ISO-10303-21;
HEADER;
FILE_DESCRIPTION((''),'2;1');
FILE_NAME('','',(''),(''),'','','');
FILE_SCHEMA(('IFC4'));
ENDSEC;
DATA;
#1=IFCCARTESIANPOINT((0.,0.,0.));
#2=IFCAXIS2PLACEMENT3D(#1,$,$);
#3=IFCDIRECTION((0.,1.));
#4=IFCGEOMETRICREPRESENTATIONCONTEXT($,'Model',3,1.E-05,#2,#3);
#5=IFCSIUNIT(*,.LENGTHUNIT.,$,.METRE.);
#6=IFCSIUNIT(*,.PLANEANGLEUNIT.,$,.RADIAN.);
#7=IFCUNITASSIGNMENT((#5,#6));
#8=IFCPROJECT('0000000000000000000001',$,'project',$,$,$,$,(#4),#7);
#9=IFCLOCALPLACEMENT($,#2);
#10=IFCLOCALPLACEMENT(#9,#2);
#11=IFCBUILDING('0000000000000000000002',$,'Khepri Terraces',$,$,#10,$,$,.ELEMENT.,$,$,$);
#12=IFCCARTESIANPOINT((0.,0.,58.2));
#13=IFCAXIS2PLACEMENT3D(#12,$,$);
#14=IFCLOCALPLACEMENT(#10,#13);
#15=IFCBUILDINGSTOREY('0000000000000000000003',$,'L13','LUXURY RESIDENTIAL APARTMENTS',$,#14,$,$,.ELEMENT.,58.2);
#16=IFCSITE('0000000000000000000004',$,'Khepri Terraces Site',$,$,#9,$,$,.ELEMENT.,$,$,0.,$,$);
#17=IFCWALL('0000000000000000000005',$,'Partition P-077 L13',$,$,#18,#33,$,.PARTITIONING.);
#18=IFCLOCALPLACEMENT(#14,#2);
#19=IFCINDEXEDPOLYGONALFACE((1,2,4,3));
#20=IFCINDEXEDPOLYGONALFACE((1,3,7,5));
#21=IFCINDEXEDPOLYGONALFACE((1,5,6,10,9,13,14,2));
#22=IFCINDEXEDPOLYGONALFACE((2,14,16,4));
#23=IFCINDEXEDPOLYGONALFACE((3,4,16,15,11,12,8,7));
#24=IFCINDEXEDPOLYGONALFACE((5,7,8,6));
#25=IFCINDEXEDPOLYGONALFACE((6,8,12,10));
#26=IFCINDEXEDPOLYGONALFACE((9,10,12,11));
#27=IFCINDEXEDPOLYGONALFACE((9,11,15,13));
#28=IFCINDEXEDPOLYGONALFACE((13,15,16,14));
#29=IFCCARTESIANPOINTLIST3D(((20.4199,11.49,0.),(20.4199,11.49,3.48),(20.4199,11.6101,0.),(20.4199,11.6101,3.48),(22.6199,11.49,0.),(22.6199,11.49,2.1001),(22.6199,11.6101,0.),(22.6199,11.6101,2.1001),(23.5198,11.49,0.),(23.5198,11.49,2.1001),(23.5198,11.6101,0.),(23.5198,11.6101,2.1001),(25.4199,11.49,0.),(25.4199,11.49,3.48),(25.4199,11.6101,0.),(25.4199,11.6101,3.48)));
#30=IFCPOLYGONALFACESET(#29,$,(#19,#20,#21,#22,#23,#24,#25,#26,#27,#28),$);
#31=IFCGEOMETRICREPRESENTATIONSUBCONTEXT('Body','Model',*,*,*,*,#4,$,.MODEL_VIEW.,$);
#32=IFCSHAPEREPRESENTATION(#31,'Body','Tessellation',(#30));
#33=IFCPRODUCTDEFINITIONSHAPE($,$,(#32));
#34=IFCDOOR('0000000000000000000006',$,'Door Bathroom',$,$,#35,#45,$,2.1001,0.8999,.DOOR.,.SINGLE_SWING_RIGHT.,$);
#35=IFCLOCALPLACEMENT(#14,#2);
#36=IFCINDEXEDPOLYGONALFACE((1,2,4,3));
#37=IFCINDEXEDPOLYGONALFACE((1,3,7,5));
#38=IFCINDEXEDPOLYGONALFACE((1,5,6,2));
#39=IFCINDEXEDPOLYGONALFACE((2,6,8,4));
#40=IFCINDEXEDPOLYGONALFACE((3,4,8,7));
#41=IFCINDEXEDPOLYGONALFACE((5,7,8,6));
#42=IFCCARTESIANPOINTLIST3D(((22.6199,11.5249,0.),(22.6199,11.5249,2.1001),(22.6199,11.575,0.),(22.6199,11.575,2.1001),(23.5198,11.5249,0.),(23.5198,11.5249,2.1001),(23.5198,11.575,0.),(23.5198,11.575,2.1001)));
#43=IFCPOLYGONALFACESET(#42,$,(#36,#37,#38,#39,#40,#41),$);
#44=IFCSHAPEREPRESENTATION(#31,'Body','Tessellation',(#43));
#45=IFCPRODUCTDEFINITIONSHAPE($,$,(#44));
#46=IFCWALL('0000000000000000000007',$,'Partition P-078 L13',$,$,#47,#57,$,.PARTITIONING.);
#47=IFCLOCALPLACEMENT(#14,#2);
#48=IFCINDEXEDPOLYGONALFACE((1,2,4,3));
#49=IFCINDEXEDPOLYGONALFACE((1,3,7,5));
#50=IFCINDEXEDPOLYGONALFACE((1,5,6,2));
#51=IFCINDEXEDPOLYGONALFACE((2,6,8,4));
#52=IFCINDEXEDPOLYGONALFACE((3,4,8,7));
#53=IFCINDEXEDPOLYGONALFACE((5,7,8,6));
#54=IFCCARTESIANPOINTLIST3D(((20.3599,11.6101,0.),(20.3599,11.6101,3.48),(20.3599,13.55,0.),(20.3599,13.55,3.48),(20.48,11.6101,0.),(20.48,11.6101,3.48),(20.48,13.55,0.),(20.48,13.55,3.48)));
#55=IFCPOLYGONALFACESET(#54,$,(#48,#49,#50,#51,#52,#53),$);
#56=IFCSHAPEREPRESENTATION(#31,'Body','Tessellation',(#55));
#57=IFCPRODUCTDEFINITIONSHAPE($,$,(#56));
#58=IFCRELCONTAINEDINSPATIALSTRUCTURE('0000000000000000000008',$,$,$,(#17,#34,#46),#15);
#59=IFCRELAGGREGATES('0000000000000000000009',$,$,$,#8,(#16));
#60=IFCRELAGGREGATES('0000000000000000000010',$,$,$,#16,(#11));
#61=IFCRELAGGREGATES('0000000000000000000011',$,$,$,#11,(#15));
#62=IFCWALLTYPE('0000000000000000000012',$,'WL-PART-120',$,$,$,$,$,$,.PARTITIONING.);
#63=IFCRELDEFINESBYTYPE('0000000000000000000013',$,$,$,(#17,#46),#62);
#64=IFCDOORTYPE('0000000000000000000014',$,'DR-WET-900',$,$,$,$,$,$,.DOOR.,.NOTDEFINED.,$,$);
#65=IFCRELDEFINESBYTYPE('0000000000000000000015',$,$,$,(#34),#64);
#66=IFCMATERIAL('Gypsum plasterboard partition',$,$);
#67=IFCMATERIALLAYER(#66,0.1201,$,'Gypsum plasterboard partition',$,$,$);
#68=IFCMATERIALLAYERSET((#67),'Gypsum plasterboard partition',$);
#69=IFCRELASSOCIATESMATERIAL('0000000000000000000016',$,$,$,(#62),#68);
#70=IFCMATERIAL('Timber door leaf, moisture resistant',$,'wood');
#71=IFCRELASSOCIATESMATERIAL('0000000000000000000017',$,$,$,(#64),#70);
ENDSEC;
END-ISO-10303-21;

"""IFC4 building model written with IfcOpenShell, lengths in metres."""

from ifc_helpers import new_model, si_unit, direction, frame, frame_2d, origin, place, context, subcontext, project, spatial, rectangle, extrude, material, layer, layer_set, type_object, element, fill, save


model = new_model("IFC4")

# Units and contexts
model_context = context("Model", 3, precision=1e-05, world=origin(), true_north=direction((0.0, 1.0)))
body_context = subcontext(model_context, "Body", "Model", "MODEL_VIEW")
ifc_project = project(units=[si_unit("LENGTHUNIT", "METRE"), si_unit("PLANEANGLEUNIT", "RADIAN")], contexts=[model_context])

# Site, building, storey
site_placement = place(None, origin())
site = spatial("IfcSite", under=ifc_project, at=site_placement, Name="Khepri Terraces Site", CompositionType="ELEMENT", RefElevation=0.0)
building_placement = place(site_placement, origin())
building = spatial("IfcBuilding", under=site, at=building_placement, Name="Khepri Terraces", CompositionType="ELEMENT")
storey_placement = place(building_placement, frame((0.0, 0.0, 58.2)))
storey = spatial("IfcBuildingStorey", under=building, at=storey_placement, Name="L13", Description="LUXURY RESIDENTIAL APARTMENTS", CompositionType="ELEMENT", Elevation=58.2)

# Wall, opening, door
ifc_material_1 = material(Name="Gypsum plasterboard partition")
ifc_layer_1 = layer(ifc_material_1, 0.1201, Name="Gypsum plasterboard partition")
ifc_layer_set_1 = layer_set([ifc_layer_1], Name="Gypsum plasterboard partition")
wall_type_1 = type_object("IfcWallType", Name="WL-PART-120", PredefinedType="PARTITIONING", material=ifc_layer_set_1)
wall_1_placement = place(storey_placement, frame((20.4199, 11.55, 0.0), z_axis=(0.0, 0.0, 1.0), x_axis=(1.0, 0.0, 0.0)))
wall_1 = element("IfcWall", 1, at=wall_1_placement, inside=storey, type_object=wall_type_1, Name="Partition P-077 L13", PredefinedType="PARTITIONING", context=body_context, shape_type="SweptSolid", body=[
    extrude(rectangle(XDim=5.0, YDim=0.1201, at=frame_2d((2.5, 0.0))), origin(), (0.0, 0.0, 1.0), 3.48),
])
opening_1_placement = place(wall_1_placement, frame((2.2, 0.0, 0.0)))
opening_1 = element("IfcOpeningElement", 2, at=opening_1_placement, cuts=wall_1, PredefinedType="OPENING", context=body_context, shape_type="SweptSolid", body=[
    extrude(rectangle(XDim=0.8999, YDim=2.1001, at=frame_2d((0.45, 1.05))), frame((0.0, 0.0701, 0.0), z_axis=(0.0, -1.0, 0.0), x_axis=(1.0, 0.0, 0.0)), (0.0, 0.0, 1.0), 0.1401),
])
ifc_material_2 = material(Name="Timber door leaf, moisture resistant", Category="wood")
door_type_1 = type_object("IfcDoorType", Name="DR-WET-900", OperationType="NOTDEFINED", PredefinedType="DOOR", material=ifc_material_2)
door_1_placement = place(opening_1_placement, origin())
door_1 = element("IfcDoor", 3, at=door_1_placement, inside=storey, type_object=door_type_1, Name="Door Bathroom", OperationType="SINGLE_SWING_RIGHT", OverallHeight=2.1001, OverallWidth=0.8999, PredefinedType="DOOR", context=body_context, shape_type="SweptSolid", body=[
    extrude(rectangle(XDim=0.8999, YDim=2.1001, at=frame_2d((0.45, 1.05))), frame((0.0, 0.0249, 0.0), z_axis=(0.0, -1.0, 0.0), x_axis=(1.0, 0.0, 0.0)), (0.0, 0.0, 1.0), 0.05),
])
fill(opening_1, door_1)

# Wall
wall_2_placement = place(storey_placement, frame((20.4199, 11.6101, 0.0), z_axis=(0.0, 0.0, 1.0), x_axis=(0.0, 1.0, 0.0)))
element("IfcWall", 4, at=wall_2_placement, inside=storey, type_object=wall_type_1, Name="Partition P-078 L13", PredefinedType="PARTITIONING", context=body_context, shape_type="SweptSolid", body=[
    extrude(rectangle(XDim=1.9399, YDim=0.1201, at=frame_2d((0.97, 0.0))), origin(), (0.0, 0.0, 1.0), 3.48),
])

save(model, "model.ifc")
